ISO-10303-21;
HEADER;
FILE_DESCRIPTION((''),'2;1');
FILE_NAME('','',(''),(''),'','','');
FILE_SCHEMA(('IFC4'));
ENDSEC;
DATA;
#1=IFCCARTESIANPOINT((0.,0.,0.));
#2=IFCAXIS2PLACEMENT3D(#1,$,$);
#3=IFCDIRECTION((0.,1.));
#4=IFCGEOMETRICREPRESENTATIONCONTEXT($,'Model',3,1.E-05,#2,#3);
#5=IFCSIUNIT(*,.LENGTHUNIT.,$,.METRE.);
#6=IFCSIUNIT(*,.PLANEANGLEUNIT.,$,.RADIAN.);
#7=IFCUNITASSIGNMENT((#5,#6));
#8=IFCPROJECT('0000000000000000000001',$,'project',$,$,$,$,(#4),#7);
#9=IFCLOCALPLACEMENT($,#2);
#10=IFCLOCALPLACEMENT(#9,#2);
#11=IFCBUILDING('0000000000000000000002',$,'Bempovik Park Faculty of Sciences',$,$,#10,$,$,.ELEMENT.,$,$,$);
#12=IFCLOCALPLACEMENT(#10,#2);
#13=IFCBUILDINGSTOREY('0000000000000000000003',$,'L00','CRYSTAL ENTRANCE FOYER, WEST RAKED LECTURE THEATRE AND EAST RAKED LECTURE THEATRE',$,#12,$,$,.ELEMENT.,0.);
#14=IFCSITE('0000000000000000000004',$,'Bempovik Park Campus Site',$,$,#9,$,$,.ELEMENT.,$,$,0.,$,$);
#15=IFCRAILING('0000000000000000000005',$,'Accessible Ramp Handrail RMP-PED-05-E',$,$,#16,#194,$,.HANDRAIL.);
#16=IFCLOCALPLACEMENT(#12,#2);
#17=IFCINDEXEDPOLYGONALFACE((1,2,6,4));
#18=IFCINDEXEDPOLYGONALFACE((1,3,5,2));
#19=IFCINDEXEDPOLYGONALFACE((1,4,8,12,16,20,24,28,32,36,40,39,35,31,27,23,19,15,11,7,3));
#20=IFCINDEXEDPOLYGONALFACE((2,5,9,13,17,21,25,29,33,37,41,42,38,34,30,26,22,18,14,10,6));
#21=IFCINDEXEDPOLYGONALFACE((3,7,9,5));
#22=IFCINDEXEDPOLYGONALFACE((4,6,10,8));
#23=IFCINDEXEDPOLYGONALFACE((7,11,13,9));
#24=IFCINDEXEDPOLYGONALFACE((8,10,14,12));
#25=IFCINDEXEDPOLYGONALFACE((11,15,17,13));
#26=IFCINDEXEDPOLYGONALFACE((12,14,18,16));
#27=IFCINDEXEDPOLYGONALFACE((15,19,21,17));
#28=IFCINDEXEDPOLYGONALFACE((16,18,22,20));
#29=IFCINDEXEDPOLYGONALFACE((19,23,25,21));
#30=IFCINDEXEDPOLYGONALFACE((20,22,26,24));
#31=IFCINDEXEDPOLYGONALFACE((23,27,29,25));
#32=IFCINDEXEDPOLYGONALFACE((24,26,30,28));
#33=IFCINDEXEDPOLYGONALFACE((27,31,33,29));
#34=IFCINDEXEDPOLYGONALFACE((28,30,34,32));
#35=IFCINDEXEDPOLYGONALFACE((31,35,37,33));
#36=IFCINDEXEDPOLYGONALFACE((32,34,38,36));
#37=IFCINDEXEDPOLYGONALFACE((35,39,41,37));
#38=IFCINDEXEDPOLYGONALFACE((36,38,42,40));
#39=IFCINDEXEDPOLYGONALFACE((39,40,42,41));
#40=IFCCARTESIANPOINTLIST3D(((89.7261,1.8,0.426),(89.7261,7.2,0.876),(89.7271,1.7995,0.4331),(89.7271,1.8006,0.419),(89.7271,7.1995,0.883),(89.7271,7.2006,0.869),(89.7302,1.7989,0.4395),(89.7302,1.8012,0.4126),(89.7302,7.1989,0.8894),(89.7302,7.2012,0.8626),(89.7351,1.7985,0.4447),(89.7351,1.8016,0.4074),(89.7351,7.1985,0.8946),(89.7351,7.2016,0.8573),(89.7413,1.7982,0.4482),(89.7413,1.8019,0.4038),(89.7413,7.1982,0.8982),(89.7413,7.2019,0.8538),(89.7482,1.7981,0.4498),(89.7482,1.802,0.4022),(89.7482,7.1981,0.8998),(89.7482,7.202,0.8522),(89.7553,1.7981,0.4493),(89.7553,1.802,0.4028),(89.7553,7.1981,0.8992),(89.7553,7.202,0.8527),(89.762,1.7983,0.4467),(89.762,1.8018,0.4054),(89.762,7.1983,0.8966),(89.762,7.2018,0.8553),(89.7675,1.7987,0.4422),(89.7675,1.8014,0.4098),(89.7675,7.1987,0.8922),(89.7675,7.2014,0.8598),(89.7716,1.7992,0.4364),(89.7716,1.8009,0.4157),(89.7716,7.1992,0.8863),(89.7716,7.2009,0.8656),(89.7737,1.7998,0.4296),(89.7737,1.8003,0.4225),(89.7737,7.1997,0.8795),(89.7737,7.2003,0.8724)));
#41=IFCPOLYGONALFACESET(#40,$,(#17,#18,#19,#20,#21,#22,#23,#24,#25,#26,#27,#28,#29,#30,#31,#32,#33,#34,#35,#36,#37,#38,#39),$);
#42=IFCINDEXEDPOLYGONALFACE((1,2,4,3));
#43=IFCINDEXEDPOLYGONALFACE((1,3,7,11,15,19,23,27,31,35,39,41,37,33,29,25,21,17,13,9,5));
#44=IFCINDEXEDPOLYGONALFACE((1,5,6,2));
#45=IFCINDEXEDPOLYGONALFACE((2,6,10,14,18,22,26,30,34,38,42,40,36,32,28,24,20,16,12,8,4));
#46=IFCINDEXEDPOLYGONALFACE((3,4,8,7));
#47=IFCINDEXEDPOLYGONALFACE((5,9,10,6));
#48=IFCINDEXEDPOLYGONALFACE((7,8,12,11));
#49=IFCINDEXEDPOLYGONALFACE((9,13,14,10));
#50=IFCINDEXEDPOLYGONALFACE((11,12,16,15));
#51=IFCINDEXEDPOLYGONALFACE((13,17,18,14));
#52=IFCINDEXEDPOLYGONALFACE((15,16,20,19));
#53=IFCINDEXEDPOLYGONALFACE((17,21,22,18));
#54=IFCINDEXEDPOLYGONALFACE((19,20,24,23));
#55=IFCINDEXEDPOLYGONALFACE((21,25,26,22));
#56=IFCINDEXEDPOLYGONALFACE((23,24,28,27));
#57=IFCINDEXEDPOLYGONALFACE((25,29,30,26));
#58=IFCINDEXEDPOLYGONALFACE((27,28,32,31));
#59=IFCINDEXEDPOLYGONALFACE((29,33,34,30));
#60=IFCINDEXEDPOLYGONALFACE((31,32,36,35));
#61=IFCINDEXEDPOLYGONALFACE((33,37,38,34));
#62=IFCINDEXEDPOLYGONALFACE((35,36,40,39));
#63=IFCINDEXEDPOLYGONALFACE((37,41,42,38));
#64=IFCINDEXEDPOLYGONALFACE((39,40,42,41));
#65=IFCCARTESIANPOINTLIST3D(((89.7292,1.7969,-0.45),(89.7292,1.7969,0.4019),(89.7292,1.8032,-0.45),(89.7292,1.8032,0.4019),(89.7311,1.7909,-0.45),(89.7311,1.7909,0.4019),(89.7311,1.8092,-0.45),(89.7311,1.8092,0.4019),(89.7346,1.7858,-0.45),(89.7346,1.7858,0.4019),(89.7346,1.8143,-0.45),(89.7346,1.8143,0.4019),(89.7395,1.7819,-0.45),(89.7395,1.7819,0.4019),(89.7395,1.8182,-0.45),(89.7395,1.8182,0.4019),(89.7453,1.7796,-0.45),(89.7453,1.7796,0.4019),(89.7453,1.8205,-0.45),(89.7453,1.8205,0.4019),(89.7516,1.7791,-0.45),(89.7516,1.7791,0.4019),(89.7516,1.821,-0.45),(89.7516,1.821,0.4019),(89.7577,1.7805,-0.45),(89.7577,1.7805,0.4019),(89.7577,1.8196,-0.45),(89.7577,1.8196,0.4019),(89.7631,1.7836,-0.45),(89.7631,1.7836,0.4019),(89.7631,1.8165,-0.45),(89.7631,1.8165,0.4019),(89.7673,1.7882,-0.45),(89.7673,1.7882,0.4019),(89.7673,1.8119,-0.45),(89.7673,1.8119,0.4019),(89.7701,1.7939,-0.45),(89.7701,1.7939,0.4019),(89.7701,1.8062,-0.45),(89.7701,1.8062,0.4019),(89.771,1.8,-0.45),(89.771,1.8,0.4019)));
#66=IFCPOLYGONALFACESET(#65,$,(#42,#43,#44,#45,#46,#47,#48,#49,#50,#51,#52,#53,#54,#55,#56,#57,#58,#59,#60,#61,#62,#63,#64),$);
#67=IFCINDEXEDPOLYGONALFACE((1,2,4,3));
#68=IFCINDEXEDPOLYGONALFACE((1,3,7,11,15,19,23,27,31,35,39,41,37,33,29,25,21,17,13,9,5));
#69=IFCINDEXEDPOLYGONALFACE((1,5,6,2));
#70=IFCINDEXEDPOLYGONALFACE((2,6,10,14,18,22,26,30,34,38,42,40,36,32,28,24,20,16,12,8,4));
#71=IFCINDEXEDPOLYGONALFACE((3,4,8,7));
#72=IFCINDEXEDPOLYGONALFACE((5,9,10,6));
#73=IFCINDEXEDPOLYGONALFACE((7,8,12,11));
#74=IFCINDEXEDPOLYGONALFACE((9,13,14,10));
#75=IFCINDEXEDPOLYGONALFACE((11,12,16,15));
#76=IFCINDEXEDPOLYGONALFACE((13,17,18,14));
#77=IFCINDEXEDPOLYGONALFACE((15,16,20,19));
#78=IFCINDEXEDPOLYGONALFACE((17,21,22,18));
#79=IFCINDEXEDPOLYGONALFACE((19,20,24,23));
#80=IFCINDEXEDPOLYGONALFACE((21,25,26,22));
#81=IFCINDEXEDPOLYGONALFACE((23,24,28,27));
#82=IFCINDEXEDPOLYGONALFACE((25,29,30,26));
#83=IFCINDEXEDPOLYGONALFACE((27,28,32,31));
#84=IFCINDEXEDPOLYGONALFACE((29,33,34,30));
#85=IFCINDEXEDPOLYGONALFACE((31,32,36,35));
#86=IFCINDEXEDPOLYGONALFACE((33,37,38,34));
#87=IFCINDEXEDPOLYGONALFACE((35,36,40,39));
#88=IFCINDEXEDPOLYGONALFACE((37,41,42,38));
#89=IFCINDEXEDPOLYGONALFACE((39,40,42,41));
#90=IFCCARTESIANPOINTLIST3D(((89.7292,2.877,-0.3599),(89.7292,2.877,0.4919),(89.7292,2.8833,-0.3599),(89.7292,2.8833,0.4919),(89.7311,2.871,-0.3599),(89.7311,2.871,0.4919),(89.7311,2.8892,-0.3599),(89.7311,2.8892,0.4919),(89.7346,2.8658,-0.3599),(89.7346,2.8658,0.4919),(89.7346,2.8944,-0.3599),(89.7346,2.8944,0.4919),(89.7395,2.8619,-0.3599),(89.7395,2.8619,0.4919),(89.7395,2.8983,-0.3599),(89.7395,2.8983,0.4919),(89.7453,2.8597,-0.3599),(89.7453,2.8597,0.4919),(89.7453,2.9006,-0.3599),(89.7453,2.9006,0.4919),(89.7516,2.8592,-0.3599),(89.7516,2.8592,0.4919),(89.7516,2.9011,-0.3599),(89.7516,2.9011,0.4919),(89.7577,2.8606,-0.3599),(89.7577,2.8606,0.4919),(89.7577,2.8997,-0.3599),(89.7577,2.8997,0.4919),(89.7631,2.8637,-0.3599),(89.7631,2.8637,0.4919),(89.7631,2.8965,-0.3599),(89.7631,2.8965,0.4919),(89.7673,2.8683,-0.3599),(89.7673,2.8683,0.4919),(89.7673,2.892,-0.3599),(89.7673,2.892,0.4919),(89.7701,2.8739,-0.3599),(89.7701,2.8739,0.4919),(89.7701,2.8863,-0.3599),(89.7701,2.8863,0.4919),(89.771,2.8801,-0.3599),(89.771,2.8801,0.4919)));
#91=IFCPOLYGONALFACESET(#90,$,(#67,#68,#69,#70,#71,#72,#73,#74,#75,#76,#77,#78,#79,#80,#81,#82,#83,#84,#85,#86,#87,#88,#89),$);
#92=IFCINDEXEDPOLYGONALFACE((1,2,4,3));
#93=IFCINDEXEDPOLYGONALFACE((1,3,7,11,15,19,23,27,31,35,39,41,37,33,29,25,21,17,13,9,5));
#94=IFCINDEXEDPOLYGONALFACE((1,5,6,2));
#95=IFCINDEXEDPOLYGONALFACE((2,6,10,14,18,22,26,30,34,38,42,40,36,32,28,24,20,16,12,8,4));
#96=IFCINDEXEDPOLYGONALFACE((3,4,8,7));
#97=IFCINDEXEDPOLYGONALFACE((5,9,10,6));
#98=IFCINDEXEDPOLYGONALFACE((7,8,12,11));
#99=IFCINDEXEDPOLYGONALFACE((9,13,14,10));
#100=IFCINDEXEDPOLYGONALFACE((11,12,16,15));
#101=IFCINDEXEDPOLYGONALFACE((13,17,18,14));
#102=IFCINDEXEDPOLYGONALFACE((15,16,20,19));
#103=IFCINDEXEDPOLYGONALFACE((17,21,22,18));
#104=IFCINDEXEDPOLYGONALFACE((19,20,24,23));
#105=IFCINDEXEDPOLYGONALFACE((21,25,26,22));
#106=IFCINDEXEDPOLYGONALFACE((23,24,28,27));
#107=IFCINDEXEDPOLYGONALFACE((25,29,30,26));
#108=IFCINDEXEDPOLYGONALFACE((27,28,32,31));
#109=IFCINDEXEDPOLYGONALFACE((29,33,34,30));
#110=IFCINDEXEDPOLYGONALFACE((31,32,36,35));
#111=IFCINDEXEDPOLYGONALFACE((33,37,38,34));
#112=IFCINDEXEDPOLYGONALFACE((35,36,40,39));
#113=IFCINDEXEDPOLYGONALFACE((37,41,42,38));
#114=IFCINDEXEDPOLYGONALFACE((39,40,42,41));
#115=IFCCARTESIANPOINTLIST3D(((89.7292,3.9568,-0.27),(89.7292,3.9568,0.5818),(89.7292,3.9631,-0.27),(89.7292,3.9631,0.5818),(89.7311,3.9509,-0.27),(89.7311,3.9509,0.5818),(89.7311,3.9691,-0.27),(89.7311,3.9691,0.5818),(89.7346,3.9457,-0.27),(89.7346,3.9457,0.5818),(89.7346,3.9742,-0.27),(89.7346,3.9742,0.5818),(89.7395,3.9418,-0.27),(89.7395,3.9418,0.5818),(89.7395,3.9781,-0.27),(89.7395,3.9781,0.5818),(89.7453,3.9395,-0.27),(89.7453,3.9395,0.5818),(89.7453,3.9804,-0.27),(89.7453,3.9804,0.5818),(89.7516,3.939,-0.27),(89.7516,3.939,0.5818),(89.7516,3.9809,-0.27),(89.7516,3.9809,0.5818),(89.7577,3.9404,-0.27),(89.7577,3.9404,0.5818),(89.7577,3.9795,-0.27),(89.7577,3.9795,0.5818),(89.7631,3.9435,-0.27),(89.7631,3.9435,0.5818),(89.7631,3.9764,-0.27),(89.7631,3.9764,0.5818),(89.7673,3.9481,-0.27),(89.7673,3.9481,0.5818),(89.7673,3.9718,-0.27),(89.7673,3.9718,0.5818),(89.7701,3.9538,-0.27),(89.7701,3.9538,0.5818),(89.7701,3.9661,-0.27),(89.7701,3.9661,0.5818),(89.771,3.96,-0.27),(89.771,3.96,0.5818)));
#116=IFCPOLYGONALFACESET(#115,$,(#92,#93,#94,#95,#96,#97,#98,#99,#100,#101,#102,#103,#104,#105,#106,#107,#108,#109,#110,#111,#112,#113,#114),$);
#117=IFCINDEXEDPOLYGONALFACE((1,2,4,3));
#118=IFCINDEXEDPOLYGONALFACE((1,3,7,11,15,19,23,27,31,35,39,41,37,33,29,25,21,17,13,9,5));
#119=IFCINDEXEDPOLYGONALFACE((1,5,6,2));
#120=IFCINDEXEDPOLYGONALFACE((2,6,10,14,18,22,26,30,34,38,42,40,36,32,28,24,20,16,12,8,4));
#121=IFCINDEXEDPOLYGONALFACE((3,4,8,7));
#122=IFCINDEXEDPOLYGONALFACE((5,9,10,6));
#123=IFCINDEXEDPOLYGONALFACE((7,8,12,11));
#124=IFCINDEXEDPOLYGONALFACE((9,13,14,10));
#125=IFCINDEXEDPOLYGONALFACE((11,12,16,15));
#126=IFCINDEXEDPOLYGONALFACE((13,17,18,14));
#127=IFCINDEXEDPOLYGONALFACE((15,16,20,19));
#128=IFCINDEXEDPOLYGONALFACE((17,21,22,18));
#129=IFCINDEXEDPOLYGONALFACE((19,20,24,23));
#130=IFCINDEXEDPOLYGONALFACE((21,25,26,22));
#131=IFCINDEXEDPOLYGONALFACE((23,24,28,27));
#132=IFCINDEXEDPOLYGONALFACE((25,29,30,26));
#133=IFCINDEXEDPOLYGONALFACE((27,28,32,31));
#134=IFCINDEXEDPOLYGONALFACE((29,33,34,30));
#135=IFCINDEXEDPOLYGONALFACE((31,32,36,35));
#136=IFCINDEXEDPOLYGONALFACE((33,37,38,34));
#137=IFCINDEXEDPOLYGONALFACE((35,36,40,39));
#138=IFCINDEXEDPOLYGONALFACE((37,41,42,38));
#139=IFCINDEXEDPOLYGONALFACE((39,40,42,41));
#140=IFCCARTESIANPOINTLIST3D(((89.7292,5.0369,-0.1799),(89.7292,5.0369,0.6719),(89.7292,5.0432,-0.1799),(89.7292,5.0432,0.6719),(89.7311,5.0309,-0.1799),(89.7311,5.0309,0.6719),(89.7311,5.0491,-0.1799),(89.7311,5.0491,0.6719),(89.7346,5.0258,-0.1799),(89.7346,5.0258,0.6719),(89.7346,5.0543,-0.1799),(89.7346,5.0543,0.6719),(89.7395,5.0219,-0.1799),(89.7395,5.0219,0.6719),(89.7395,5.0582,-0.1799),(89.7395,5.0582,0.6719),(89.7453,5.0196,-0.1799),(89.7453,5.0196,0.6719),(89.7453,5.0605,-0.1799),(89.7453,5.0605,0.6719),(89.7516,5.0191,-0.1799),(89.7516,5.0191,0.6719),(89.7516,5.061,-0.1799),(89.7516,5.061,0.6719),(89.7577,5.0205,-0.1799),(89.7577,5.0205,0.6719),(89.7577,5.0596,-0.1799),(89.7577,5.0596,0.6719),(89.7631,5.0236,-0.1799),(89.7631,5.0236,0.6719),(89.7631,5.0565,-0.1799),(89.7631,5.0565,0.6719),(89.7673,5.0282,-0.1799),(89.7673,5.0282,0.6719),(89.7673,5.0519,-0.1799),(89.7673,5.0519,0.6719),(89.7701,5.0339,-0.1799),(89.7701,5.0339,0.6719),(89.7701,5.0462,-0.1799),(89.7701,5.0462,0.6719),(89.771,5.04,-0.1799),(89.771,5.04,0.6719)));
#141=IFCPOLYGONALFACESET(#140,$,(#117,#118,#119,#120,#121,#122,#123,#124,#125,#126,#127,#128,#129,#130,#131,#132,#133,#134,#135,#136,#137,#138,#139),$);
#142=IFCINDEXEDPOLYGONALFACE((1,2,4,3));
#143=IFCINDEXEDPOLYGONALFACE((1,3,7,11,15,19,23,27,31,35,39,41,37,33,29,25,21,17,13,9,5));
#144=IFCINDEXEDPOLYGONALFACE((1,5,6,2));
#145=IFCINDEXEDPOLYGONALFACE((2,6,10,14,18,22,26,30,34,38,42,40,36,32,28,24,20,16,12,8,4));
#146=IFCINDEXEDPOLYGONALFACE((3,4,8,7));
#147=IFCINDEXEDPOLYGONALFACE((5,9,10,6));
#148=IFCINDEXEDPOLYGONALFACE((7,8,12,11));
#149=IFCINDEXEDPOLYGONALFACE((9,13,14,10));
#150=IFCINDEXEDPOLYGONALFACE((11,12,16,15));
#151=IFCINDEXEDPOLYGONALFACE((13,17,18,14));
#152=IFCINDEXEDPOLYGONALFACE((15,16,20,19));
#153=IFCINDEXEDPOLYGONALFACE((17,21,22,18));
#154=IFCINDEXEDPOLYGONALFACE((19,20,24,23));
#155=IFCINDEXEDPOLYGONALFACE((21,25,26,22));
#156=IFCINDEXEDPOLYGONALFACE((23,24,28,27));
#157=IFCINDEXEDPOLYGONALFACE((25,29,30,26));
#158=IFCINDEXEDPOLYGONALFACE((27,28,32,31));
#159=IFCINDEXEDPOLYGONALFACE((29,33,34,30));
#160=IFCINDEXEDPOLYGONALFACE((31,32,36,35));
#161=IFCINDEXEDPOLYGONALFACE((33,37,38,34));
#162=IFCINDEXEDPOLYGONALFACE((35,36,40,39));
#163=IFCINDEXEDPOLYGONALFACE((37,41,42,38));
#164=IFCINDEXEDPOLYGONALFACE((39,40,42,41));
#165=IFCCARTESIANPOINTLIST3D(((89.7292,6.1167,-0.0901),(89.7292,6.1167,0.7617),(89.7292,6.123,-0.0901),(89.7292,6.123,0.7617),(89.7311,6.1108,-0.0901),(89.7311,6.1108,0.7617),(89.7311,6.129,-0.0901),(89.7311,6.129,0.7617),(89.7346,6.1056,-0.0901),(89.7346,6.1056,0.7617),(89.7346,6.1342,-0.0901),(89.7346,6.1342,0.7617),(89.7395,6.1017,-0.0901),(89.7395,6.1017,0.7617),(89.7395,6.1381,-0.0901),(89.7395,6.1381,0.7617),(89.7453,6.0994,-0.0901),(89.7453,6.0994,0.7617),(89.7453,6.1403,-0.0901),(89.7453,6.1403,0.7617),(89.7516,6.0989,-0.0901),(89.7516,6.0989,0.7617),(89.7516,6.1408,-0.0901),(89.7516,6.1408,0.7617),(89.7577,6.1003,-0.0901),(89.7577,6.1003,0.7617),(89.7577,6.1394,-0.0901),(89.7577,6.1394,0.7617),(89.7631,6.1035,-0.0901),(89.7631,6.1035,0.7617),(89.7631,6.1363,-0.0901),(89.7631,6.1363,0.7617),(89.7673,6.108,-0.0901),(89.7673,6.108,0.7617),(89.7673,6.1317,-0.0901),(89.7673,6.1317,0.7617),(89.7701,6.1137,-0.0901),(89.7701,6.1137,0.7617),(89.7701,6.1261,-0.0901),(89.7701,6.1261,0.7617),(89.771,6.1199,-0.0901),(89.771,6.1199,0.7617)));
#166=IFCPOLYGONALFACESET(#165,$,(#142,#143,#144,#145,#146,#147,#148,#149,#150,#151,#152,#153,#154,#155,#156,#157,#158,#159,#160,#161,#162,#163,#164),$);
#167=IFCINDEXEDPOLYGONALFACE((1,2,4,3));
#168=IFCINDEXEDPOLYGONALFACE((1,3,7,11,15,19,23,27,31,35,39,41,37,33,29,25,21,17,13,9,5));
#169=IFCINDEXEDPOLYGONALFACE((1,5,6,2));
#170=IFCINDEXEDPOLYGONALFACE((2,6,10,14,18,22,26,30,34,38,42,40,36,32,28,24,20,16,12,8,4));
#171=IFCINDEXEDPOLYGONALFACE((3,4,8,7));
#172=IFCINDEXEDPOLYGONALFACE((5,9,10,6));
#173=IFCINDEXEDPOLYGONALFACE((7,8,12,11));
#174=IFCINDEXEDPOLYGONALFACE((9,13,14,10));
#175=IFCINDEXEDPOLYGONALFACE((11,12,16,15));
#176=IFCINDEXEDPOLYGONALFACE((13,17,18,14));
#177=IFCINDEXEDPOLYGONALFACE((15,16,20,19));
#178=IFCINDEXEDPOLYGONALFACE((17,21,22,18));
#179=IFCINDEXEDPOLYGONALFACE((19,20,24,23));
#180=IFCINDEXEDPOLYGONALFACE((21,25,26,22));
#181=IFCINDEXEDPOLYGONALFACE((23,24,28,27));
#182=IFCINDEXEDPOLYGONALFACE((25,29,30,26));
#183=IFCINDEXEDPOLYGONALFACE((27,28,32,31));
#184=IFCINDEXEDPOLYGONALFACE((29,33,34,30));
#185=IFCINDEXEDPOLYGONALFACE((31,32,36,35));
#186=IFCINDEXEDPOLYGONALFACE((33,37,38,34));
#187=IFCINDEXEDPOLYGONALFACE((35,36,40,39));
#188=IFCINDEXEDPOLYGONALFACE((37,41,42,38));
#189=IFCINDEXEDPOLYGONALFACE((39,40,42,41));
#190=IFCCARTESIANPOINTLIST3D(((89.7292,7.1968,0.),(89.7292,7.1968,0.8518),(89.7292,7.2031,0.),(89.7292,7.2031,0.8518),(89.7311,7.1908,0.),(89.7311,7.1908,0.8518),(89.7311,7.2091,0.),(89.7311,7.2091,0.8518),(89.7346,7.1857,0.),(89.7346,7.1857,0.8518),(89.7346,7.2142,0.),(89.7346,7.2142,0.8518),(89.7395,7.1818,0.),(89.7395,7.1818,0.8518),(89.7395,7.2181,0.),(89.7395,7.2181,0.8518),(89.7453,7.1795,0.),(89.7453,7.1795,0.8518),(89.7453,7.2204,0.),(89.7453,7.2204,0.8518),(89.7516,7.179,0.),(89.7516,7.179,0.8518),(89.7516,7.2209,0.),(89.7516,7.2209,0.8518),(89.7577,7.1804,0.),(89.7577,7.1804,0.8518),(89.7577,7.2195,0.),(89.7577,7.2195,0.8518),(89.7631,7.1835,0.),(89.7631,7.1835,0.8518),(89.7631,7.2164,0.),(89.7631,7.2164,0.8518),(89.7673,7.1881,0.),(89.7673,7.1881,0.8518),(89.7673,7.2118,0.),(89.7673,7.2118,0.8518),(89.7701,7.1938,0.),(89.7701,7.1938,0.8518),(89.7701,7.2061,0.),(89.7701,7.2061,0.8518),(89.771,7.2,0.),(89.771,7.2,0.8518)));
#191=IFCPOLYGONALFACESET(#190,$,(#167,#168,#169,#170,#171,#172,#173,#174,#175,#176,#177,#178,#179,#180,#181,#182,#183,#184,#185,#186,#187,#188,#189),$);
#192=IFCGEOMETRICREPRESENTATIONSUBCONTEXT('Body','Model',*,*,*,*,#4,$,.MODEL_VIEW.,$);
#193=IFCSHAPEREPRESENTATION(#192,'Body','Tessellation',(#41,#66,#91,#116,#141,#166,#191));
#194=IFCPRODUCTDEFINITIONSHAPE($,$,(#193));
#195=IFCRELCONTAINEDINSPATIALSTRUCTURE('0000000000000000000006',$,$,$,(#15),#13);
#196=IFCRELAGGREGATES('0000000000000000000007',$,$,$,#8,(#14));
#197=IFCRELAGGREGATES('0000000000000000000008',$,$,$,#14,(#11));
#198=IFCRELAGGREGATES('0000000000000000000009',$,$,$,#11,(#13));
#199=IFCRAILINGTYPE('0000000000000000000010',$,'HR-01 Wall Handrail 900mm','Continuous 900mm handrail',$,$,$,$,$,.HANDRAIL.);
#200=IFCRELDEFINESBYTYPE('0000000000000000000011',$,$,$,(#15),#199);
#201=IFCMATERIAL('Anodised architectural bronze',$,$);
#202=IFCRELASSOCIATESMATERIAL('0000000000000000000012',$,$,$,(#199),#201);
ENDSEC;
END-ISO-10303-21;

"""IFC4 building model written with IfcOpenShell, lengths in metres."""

from ifc_helpers import new_model, si_unit, direction, frame, origin, origin_2d, place, context, subcontext, project, spatial, circle, extrude, material, type_object, element, save


model = new_model("IFC4")

# Units and contexts
model_context = context("Model", 3, precision=1e-05, world=origin(), true_north=direction((0.0, 1.0)))
body_context = subcontext(model_context, "Body", "Model", "MODEL_VIEW")
ifc_project = project(units=[si_unit("LENGTHUNIT", "METRE"), si_unit("PLANEANGLEUNIT", "RADIAN")], contexts=[model_context])

# Site, building, storey
site_placement = place(None, origin())
site = spatial("IfcSite", under=ifc_project, at=site_placement, Name="Bempovik Park Campus Site", CompositionType="ELEMENT", RefElevation=0.0)
building_placement = place(site_placement, origin())
building = spatial("IfcBuilding", under=site, at=building_placement, Name="Bempovik Park Faculty of Sciences", CompositionType="ELEMENT")
storey_placement = place(building_placement, origin())
storey = spatial("IfcBuildingStorey", under=building, at=storey_placement, Name="L00", Description="CRYSTAL ENTRANCE FOYER, WEST RAKED LECTURE THEATRE AND EAST RAKED LECTURE THEATRE", CompositionType="ELEMENT", Elevation=0.0)

# Railing
ifc_material_1 = material(Name="Anodised architectural bronze")
railing_type = type_object("IfcRailingType", Name="HR-01 Wall Handrail 900mm", Description="Continuous 900mm handrail", PredefinedType="HANDRAIL", material=ifc_material_1)
for number, where, name in (
    (1, (89.75, 1.8, -0.45), "Accessible Ramp Handrail RMP-PED-05-E"),
):
    element("IfcRailing", number, at=place(storey_placement, frame(where)), inside=storey, type_object=railing_type, Name=name, PredefinedType="HANDRAIL", context=body_context, shape_type="SweptSolid", body=[
        extrude(circle(Radius=0.0239, at=origin_2d()), frame((0.0, 0.0, 0.876), z_axis=(0.0, 0.996546, 0.083038), x_axis=(-1.0, 0.0, 0.0)), (0.0, 0.0, 1.0), 5.4187),
        extrude(circle(Radius=0.021, at=origin_2d()), origin(), (0.0, 0.0, 1.0), 0.8518),
        extrude(circle(Radius=0.021, at=origin_2d()), frame((0.0, 1.0801, 0.0901)), (0.0, 0.0, 1.0), 0.8518),
        extrude(circle(Radius=0.021, at=origin_2d()), frame((0.0, 2.1599, 0.1799)), (0.0, 0.0, 1.0), 0.8518),
        extrude(circle(Radius=0.021, at=origin_2d()), frame((0.0, 3.24, 0.27)), (0.0, 0.0, 1.0), 0.8518),
        extrude(circle(Radius=0.021, at=origin_2d()), frame((0.0, 4.3198, 0.3599)), (0.0, 0.0, 1.0), 0.8518),
        extrude(circle(Radius=0.021, at=origin_2d()), frame((0.0, 5.3999, 0.45)), (0.0, 0.0, 1.0), 0.8518),
    ])

save(model, "model.ifc")
